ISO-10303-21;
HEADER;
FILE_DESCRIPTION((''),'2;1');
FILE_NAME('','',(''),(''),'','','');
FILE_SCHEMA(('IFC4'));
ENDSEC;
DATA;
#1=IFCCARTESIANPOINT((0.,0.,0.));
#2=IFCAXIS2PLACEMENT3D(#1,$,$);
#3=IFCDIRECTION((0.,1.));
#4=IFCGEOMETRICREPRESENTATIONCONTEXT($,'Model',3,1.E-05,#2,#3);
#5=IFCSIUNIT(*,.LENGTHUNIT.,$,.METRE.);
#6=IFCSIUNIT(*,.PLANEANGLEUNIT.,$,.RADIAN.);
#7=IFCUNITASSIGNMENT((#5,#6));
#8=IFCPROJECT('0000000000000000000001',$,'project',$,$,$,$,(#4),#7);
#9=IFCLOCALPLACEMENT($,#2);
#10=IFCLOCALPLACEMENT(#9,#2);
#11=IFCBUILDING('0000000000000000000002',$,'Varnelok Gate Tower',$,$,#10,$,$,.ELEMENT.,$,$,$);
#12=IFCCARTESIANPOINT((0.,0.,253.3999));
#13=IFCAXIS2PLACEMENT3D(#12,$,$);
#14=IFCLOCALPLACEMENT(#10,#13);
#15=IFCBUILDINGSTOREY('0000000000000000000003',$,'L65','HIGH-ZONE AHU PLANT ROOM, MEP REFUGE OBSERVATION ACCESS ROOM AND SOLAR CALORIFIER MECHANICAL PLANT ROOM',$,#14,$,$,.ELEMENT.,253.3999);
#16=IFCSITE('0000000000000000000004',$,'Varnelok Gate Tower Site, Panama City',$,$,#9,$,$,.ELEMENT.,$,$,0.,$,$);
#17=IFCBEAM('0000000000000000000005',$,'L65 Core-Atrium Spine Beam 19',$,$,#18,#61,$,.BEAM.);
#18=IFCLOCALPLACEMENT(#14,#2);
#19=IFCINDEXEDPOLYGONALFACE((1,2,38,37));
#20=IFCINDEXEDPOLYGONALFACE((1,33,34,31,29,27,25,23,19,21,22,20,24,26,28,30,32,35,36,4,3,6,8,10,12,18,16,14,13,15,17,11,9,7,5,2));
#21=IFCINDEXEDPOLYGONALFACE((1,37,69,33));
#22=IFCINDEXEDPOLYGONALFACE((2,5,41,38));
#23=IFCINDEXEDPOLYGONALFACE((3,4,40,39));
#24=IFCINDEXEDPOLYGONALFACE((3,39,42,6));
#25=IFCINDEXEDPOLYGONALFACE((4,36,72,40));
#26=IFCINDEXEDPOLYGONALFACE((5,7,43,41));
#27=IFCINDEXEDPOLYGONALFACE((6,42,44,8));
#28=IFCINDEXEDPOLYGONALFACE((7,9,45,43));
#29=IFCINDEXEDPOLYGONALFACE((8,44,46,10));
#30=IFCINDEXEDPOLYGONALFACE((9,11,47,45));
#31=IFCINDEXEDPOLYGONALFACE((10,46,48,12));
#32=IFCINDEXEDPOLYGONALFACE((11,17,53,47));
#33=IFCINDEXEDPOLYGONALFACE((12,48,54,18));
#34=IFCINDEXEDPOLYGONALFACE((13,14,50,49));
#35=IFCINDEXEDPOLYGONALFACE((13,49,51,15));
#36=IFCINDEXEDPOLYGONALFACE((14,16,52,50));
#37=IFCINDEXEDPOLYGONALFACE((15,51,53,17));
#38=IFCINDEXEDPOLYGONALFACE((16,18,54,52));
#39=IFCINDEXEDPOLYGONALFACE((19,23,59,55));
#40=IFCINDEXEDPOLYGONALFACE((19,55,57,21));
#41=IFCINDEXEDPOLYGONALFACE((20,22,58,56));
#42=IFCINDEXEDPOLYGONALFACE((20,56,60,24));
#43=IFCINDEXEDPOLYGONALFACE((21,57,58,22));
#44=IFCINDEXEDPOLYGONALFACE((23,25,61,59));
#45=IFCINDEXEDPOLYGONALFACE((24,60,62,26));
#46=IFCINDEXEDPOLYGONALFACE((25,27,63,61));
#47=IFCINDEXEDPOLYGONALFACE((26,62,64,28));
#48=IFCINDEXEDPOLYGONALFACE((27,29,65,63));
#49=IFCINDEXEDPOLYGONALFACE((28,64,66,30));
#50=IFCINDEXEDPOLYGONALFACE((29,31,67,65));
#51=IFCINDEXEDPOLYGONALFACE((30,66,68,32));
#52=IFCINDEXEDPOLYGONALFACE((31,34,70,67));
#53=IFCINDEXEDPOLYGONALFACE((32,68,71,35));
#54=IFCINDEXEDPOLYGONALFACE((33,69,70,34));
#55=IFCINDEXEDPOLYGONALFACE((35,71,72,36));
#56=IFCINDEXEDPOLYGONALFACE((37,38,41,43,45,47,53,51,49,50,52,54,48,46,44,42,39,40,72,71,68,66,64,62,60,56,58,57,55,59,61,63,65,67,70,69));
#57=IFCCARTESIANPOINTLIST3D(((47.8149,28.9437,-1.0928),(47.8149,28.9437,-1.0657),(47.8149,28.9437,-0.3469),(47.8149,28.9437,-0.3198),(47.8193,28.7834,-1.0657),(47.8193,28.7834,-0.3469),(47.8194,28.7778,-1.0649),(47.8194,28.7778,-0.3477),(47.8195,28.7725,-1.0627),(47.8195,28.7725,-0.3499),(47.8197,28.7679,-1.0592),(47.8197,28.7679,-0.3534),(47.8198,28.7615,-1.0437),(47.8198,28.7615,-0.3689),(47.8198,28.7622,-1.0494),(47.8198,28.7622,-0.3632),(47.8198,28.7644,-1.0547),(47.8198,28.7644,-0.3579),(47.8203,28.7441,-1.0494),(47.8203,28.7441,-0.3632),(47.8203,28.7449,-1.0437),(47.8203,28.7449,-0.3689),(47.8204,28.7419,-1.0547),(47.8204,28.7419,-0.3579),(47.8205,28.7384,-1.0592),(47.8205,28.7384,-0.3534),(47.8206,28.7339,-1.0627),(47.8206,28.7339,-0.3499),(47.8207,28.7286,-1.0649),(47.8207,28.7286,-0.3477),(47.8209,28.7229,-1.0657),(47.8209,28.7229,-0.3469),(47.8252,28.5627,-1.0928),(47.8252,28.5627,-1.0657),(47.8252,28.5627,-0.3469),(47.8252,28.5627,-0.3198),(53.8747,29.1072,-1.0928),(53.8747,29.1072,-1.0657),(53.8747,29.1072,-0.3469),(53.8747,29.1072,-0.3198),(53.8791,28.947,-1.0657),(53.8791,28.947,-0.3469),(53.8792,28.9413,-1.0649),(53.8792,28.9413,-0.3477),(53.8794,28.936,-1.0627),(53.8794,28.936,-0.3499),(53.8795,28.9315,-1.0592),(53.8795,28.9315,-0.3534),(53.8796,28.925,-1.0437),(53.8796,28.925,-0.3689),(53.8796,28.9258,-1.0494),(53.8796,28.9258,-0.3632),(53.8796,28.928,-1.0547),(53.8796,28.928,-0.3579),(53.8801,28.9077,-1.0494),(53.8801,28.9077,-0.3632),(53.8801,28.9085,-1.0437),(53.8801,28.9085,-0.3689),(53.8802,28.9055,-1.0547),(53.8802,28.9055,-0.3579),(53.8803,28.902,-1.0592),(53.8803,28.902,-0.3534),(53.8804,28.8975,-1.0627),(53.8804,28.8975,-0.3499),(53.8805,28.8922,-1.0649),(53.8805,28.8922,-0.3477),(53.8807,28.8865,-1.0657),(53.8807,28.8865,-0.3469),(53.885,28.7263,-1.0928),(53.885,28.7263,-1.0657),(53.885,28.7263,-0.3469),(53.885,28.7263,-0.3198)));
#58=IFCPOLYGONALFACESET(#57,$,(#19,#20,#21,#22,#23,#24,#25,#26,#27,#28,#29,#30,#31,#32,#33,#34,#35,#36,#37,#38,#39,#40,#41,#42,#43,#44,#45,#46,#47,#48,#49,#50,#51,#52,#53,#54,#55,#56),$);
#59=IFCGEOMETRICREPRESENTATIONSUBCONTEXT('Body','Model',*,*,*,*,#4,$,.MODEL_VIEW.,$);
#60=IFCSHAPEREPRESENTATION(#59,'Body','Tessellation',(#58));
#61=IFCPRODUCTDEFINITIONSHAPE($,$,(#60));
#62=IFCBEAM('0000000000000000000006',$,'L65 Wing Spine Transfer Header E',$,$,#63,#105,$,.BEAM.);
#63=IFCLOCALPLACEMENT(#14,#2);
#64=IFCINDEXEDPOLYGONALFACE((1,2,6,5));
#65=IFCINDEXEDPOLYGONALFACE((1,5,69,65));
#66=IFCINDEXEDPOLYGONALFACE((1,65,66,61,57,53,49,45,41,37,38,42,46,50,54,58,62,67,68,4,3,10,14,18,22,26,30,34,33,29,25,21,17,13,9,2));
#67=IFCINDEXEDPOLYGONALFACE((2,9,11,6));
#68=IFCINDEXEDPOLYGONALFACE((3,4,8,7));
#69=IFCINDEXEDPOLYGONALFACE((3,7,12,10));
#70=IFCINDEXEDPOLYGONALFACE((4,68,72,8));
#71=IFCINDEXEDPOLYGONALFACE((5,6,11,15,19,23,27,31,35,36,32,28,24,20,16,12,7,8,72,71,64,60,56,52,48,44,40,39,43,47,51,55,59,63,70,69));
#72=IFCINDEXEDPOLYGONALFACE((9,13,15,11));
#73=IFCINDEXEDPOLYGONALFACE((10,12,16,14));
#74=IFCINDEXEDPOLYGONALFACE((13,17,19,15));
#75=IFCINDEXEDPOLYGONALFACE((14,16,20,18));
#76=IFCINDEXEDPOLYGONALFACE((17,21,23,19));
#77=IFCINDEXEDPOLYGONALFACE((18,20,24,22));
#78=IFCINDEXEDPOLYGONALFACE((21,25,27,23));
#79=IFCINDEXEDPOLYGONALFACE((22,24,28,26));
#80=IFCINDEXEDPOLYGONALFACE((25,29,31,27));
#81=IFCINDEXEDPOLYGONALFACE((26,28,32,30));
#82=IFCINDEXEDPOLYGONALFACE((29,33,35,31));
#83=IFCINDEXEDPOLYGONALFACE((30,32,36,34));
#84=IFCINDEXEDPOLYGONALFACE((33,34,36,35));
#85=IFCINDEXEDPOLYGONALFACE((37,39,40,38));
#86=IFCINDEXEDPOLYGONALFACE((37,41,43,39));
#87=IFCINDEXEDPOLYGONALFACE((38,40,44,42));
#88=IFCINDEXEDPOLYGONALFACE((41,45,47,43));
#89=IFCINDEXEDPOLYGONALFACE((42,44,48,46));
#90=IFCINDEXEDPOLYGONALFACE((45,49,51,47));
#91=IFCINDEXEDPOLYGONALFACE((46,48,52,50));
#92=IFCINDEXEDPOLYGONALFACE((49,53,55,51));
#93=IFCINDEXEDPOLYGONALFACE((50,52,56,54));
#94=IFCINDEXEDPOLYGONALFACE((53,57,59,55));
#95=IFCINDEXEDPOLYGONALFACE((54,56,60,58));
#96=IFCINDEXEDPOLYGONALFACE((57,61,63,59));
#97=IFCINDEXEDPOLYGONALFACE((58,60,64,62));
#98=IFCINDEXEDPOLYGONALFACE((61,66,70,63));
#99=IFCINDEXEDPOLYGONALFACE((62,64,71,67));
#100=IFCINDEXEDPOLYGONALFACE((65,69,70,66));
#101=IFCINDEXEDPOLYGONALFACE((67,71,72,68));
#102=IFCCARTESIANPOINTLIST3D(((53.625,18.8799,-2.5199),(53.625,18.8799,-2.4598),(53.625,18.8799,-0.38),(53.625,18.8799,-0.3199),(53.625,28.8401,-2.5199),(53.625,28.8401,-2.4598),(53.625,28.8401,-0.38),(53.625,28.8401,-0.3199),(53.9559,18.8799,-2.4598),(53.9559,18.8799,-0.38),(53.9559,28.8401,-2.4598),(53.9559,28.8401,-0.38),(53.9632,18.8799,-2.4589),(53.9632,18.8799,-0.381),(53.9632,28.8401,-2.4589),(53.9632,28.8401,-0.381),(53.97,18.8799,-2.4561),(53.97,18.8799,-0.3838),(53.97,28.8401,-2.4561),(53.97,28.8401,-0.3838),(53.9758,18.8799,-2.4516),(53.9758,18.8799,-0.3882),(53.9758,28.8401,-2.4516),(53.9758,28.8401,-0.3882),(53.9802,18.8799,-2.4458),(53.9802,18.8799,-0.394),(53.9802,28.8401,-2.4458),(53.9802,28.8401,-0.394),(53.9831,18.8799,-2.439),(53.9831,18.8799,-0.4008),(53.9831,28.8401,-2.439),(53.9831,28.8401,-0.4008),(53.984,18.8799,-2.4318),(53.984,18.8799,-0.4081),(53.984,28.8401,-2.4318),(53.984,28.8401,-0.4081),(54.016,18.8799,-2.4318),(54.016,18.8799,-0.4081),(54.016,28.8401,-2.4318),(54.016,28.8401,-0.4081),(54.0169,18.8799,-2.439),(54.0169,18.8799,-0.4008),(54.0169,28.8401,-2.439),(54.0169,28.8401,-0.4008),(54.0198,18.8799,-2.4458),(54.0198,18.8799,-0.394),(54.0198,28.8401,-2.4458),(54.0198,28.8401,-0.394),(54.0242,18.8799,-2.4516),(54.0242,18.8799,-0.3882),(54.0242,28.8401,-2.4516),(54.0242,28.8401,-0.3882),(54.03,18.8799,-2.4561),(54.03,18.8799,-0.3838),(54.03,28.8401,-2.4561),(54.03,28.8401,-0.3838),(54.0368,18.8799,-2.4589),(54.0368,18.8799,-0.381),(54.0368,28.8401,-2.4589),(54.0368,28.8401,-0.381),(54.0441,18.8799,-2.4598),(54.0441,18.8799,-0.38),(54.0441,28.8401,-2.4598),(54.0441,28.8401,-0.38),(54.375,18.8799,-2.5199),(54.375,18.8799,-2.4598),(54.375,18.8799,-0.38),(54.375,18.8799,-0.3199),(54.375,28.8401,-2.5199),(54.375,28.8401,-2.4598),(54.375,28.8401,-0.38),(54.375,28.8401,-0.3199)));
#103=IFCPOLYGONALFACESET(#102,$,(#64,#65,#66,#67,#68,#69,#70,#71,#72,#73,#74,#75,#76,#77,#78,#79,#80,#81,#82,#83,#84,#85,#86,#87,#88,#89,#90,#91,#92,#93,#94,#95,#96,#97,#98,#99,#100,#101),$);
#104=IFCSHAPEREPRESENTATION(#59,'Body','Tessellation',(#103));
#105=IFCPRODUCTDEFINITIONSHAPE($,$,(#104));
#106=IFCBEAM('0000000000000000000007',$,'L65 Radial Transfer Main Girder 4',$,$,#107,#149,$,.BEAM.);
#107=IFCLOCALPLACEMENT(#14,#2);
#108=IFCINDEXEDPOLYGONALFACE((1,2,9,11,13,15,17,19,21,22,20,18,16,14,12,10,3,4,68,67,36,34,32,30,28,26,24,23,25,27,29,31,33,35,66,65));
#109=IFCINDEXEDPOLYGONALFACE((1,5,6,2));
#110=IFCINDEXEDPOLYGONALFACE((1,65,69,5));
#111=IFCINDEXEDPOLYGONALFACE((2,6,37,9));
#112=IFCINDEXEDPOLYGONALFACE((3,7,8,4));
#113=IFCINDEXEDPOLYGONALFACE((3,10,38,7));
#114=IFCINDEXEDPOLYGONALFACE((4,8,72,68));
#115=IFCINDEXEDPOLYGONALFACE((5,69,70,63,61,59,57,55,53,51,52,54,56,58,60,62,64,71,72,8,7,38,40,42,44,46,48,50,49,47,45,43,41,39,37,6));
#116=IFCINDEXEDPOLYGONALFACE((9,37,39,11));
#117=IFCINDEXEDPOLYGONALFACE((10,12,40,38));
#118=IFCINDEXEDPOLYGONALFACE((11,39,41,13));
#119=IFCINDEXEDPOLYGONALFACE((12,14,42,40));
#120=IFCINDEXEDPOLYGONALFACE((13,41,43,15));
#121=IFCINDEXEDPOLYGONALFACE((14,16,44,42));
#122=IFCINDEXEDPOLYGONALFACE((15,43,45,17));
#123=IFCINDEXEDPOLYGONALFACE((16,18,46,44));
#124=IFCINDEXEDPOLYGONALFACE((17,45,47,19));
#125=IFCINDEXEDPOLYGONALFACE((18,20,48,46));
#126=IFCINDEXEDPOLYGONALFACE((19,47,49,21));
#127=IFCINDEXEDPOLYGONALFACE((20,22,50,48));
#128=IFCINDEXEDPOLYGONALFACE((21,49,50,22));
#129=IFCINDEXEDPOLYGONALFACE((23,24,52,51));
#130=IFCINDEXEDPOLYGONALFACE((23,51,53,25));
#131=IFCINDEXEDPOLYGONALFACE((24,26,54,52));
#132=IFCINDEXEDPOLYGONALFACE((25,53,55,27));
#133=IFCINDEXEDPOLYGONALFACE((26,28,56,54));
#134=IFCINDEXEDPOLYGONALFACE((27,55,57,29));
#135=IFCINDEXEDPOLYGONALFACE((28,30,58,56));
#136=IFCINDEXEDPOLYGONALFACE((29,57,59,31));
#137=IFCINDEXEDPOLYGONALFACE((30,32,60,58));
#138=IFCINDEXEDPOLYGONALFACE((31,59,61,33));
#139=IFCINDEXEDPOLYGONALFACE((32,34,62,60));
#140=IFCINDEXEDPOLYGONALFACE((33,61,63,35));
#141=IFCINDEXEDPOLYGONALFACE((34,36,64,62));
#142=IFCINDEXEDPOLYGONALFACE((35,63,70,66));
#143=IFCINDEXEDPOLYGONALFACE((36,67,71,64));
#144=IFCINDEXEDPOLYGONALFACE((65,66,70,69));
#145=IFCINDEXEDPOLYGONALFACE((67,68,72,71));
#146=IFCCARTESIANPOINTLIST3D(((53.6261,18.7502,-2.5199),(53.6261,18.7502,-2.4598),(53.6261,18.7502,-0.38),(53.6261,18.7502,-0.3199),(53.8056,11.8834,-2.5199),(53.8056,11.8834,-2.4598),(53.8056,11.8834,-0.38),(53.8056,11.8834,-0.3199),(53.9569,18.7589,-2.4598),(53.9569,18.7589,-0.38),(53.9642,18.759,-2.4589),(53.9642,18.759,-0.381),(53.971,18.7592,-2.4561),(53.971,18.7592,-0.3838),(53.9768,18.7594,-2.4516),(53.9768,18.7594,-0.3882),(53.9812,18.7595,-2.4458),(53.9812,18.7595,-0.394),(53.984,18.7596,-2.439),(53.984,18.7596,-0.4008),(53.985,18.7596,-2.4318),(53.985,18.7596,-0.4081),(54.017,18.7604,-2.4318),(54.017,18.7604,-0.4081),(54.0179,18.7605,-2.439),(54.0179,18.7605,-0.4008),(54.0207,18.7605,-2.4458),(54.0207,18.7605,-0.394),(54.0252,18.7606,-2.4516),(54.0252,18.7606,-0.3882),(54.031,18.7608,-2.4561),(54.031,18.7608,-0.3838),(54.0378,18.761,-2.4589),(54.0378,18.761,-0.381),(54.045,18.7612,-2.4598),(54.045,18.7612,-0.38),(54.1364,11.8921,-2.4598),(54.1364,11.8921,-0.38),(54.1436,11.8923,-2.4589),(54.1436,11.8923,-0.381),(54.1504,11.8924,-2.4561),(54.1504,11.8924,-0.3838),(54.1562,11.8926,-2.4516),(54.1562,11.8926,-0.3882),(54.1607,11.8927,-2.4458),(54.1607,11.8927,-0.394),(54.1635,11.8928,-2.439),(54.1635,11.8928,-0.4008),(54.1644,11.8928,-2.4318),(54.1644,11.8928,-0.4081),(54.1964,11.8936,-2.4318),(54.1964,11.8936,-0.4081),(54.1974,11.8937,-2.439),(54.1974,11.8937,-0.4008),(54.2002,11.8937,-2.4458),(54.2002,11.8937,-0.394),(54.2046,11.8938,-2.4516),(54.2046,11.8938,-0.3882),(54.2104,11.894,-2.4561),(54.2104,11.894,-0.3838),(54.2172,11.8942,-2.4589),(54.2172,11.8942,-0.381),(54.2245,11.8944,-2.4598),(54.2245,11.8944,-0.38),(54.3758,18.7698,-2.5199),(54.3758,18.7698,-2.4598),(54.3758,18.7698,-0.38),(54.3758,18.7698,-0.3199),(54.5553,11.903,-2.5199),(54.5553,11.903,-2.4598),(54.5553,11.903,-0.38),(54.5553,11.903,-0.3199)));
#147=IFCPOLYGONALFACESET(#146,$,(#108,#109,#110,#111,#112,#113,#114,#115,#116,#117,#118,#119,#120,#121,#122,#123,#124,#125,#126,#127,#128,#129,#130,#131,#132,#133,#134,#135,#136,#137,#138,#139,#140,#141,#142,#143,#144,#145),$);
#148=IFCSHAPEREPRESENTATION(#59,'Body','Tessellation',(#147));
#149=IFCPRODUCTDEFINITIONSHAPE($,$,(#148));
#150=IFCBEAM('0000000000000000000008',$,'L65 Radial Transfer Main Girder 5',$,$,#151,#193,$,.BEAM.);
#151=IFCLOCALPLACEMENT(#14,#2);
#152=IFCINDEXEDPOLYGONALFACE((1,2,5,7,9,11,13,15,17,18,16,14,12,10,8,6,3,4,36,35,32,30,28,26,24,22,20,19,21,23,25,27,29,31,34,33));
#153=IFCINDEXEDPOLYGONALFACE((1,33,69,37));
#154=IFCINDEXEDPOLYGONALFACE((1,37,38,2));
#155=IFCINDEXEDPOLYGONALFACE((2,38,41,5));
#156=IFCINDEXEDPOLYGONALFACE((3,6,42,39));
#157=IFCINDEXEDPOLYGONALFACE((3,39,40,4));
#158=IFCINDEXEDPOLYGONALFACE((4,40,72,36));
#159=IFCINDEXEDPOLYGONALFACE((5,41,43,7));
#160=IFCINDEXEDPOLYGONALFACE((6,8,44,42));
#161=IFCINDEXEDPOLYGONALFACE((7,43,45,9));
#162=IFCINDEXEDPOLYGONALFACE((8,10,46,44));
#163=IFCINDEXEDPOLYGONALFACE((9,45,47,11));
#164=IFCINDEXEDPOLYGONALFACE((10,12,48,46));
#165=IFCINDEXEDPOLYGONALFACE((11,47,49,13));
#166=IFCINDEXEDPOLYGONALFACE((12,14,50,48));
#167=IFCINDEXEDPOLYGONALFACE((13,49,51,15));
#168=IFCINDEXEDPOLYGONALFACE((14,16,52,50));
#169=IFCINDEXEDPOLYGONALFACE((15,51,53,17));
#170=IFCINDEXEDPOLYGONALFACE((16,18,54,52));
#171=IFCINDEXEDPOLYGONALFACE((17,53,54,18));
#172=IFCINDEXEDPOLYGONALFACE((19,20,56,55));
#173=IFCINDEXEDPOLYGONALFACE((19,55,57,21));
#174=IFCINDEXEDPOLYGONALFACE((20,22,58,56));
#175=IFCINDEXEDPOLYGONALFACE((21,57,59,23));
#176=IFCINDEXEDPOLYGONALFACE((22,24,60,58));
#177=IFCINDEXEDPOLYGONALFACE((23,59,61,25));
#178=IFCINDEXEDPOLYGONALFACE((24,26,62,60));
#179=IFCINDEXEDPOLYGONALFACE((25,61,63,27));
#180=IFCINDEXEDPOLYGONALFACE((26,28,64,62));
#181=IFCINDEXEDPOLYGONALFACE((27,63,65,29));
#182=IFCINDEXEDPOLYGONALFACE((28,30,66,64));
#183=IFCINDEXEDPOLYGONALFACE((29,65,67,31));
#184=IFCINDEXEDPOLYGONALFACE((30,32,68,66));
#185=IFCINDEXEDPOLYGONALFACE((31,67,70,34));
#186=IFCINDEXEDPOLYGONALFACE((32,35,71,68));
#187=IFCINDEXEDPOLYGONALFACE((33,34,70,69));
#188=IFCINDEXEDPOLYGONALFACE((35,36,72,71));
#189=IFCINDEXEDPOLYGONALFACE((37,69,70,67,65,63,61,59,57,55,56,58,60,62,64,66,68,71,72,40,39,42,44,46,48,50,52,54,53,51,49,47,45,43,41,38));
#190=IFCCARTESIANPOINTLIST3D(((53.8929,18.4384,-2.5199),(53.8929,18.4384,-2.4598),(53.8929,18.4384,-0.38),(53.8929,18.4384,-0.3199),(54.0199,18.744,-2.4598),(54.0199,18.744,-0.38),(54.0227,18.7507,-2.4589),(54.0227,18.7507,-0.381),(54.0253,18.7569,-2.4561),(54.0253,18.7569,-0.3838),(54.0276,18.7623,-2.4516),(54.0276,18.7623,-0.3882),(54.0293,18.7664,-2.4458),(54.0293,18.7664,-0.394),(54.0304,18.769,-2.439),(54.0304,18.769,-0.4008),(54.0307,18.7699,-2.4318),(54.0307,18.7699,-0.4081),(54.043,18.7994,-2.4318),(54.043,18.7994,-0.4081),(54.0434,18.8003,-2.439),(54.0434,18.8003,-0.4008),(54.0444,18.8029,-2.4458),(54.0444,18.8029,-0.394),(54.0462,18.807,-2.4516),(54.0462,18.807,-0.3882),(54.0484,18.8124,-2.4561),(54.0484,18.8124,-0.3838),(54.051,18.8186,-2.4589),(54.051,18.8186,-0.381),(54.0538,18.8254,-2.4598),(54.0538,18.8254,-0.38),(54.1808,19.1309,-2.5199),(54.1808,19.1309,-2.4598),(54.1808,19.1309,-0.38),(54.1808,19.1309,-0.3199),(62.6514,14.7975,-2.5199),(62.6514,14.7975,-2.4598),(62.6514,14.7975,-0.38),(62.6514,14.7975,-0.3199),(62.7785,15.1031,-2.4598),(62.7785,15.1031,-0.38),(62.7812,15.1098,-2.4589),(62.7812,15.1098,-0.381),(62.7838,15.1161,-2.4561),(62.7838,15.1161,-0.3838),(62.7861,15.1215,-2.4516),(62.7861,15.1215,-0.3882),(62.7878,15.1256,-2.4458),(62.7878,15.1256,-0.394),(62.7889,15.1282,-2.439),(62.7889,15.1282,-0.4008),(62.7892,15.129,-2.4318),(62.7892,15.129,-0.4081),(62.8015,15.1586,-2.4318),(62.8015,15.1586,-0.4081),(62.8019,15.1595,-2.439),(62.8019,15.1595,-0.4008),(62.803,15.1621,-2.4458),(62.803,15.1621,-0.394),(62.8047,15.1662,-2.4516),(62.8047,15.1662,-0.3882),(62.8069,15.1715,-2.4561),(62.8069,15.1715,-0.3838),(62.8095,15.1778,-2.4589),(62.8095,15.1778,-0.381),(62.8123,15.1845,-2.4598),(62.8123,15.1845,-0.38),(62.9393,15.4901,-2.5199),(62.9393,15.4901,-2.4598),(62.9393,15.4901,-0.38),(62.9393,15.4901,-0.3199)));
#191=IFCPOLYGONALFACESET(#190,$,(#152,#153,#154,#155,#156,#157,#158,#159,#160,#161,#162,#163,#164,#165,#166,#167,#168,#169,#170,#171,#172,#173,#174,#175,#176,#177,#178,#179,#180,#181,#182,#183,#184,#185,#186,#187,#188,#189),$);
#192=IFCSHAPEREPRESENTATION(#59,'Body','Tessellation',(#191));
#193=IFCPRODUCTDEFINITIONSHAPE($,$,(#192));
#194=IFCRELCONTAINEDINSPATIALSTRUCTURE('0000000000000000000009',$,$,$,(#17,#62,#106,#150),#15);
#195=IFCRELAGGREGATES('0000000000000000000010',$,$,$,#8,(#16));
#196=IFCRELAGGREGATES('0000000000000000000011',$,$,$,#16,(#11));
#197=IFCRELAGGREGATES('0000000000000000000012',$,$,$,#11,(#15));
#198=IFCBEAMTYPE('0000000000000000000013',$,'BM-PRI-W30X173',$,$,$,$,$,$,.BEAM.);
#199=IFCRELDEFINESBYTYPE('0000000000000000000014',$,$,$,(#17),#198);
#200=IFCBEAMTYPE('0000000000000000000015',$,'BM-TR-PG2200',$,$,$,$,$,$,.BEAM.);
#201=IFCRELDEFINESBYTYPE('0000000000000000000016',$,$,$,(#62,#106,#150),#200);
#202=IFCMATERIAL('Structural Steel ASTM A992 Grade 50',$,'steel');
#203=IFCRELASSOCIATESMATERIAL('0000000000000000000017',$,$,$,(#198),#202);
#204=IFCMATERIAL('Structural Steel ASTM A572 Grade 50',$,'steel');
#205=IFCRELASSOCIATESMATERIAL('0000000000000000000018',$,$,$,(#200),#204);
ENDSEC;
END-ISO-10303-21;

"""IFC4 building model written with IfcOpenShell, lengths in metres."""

from ifc_helpers import new_model, si_unit, direction, frame, origin, origin_2d, place, context, subcontext, project, spatial, i_section, extrude, material, material_profile, profile_set, type_object, element, save


model = new_model("IFC4")

# Units and contexts
model_context = context("Model", 3, precision=1e-05, world=origin(), true_north=direction((0.0, 1.0)))
body_context = subcontext(model_context, "Body", "Model", "MODEL_VIEW")
ifc_project = project(units=[si_unit("LENGTHUNIT", "METRE"), si_unit("PLANEANGLEUNIT", "RADIAN")], contexts=[model_context])

# Site, building, storey
site_placement = place(None, origin())
site = spatial("IfcSite", under=ifc_project, at=site_placement, Name="Varnelok Gate Tower Site, Panama City", CompositionType="ELEMENT", RefElevation=0.0)
building_placement = place(site_placement, origin())
building = spatial("IfcBuilding", under=site, at=building_placement, Name="Varnelok Gate Tower", CompositionType="ELEMENT")
storey_placement = place(building_placement, frame((0.0, 0.0, 253.3999)))
storey = spatial("IfcBuildingStorey", under=building, at=storey_placement, Name="L65", Description="HIGH-ZONE AHU PLANT ROOM, MEP REFUGE OBSERVATION ACCESS ROOM AND SOLAR CALORIFIER MECHANICAL PLANT ROOM", CompositionType="ELEMENT", Elevation=253.3999)

# Shared definitions
ifc_material_1 = material(Name="Structural Steel ASTM A992 Grade 50", Category="steel")

# Beams
ifc_material_profile_1 = material_profile(ifc_material_1, i_section(OverallWidth=0.3811, OverallDepth=0.7729, WebThickness=0.0166, FlangeThickness=0.0271, FilletRadius=0.022, at=origin_2d()), Name="W30X173")
ifc_profile_set_1 = profile_set([ifc_material_profile_1], Name="Structural Steel ASTM A992 Grade 50")
beam_type_1 = type_object("IfcBeamType", Name="BM-PRI-W30X173", PredefinedType="BEAM", material=ifc_profile_set_1)
beam_1_placement = place(storey_placement, frame((47.8201, 28.7532, -0.7063), z_axis=(0.999636, 0.026983, 0.0), x_axis=(-0.026983, 0.999636, 0.0)))
element("IfcBeam", 1, at=beam_1_placement, inside=storey, type_object=beam_type_1, Name="L65 Core-Atrium Spine Beam 19", PredefinedType="BEAM", context=body_context, shape_type="SweptSolid", body=[
    extrude(i_section(OverallWidth=0.3811, OverallDepth=0.7729, WebThickness=0.0166, FlangeThickness=0.0271, FilletRadius=0.022, at=origin_2d()), origin(), (0.0, 0.0, 1.0), 6.062),
])
ifc_material_2 = material(Name="Structural Steel ASTM A572 Grade 50", Category="steel")
ifc_material_profile_2 = material_profile(ifc_material_2, i_section(OverallWidth=0.75, OverallDepth=2.2, WebThickness=0.032, FlangeThickness=0.0601, FilletRadius=0.0281, at=origin_2d()), Name="PG2200X750")
ifc_profile_set_2 = profile_set([ifc_material_profile_2], Name="Structural Steel ASTM A572 Grade 50")
beam_type_2 = type_object("IfcBeamType", Name="BM-TR-PG2200", PredefinedType="BEAM", material=ifc_profile_set_2)
beam_2_placement = place(storey_placement, frame((54.0, 18.8799, -1.4199), z_axis=(0.0, 1.0, 0.0), x_axis=(-1.0, 0.0, 0.0)))
element("IfcBeam", 2, at=beam_2_placement, inside=storey, type_object=beam_type_2, Name="L65 Wing Spine Transfer Header E", PredefinedType="BEAM", context=body_context, shape_type="SweptSolid", body=[
    extrude(i_section(OverallWidth=0.75, OverallDepth=2.2, WebThickness=0.032, FlangeThickness=0.0601, FilletRadius=0.0281, at=origin_2d()), origin(), (0.0, 0.0, 1.0), 9.9602),
])
beam_3_placement = place(storey_placement, frame((54.001, 18.76, -1.4199), z_axis=(0.026123, -0.999659, 0.0), x_axis=(0.999659, 0.026123, 0.0)))
element("IfcBeam", 3, at=beam_3_placement, inside=storey, type_object=beam_type_2, Name="L65 Radial Transfer Main Girder 4", PredefinedType="BEAM", context=body_context, shape_type="SweptSolid", body=[
    extrude(i_section(OverallWidth=0.75, OverallDepth=2.2, WebThickness=0.032, FlangeThickness=0.0601, FilletRadius=0.0281, at=origin_2d()), origin(), (0.0, 0.0, 1.0), 6.8691),
])
beam_4_placement = place(storey_placement, frame((54.0369, 18.7847, -1.4199), z_axis=(0.923396, -0.383849, 0.0), x_axis=(0.383849, 0.923396, 0.0)))
element("IfcBeam", 4, at=beam_4_placement, inside=storey, type_object=beam_type_2, Name="L65 Radial Transfer Main Girder 5", PredefinedType="BEAM", context=body_context, shape_type="SweptSolid", body=[
    extrude(i_section(OverallWidth=0.75, OverallDepth=2.2, WebThickness=0.032, FlangeThickness=0.0601, FilletRadius=0.0281, at=origin_2d()), origin(), (0.0, 0.0, 1.0), 9.4851),
])

save(model, "model.ifc")
